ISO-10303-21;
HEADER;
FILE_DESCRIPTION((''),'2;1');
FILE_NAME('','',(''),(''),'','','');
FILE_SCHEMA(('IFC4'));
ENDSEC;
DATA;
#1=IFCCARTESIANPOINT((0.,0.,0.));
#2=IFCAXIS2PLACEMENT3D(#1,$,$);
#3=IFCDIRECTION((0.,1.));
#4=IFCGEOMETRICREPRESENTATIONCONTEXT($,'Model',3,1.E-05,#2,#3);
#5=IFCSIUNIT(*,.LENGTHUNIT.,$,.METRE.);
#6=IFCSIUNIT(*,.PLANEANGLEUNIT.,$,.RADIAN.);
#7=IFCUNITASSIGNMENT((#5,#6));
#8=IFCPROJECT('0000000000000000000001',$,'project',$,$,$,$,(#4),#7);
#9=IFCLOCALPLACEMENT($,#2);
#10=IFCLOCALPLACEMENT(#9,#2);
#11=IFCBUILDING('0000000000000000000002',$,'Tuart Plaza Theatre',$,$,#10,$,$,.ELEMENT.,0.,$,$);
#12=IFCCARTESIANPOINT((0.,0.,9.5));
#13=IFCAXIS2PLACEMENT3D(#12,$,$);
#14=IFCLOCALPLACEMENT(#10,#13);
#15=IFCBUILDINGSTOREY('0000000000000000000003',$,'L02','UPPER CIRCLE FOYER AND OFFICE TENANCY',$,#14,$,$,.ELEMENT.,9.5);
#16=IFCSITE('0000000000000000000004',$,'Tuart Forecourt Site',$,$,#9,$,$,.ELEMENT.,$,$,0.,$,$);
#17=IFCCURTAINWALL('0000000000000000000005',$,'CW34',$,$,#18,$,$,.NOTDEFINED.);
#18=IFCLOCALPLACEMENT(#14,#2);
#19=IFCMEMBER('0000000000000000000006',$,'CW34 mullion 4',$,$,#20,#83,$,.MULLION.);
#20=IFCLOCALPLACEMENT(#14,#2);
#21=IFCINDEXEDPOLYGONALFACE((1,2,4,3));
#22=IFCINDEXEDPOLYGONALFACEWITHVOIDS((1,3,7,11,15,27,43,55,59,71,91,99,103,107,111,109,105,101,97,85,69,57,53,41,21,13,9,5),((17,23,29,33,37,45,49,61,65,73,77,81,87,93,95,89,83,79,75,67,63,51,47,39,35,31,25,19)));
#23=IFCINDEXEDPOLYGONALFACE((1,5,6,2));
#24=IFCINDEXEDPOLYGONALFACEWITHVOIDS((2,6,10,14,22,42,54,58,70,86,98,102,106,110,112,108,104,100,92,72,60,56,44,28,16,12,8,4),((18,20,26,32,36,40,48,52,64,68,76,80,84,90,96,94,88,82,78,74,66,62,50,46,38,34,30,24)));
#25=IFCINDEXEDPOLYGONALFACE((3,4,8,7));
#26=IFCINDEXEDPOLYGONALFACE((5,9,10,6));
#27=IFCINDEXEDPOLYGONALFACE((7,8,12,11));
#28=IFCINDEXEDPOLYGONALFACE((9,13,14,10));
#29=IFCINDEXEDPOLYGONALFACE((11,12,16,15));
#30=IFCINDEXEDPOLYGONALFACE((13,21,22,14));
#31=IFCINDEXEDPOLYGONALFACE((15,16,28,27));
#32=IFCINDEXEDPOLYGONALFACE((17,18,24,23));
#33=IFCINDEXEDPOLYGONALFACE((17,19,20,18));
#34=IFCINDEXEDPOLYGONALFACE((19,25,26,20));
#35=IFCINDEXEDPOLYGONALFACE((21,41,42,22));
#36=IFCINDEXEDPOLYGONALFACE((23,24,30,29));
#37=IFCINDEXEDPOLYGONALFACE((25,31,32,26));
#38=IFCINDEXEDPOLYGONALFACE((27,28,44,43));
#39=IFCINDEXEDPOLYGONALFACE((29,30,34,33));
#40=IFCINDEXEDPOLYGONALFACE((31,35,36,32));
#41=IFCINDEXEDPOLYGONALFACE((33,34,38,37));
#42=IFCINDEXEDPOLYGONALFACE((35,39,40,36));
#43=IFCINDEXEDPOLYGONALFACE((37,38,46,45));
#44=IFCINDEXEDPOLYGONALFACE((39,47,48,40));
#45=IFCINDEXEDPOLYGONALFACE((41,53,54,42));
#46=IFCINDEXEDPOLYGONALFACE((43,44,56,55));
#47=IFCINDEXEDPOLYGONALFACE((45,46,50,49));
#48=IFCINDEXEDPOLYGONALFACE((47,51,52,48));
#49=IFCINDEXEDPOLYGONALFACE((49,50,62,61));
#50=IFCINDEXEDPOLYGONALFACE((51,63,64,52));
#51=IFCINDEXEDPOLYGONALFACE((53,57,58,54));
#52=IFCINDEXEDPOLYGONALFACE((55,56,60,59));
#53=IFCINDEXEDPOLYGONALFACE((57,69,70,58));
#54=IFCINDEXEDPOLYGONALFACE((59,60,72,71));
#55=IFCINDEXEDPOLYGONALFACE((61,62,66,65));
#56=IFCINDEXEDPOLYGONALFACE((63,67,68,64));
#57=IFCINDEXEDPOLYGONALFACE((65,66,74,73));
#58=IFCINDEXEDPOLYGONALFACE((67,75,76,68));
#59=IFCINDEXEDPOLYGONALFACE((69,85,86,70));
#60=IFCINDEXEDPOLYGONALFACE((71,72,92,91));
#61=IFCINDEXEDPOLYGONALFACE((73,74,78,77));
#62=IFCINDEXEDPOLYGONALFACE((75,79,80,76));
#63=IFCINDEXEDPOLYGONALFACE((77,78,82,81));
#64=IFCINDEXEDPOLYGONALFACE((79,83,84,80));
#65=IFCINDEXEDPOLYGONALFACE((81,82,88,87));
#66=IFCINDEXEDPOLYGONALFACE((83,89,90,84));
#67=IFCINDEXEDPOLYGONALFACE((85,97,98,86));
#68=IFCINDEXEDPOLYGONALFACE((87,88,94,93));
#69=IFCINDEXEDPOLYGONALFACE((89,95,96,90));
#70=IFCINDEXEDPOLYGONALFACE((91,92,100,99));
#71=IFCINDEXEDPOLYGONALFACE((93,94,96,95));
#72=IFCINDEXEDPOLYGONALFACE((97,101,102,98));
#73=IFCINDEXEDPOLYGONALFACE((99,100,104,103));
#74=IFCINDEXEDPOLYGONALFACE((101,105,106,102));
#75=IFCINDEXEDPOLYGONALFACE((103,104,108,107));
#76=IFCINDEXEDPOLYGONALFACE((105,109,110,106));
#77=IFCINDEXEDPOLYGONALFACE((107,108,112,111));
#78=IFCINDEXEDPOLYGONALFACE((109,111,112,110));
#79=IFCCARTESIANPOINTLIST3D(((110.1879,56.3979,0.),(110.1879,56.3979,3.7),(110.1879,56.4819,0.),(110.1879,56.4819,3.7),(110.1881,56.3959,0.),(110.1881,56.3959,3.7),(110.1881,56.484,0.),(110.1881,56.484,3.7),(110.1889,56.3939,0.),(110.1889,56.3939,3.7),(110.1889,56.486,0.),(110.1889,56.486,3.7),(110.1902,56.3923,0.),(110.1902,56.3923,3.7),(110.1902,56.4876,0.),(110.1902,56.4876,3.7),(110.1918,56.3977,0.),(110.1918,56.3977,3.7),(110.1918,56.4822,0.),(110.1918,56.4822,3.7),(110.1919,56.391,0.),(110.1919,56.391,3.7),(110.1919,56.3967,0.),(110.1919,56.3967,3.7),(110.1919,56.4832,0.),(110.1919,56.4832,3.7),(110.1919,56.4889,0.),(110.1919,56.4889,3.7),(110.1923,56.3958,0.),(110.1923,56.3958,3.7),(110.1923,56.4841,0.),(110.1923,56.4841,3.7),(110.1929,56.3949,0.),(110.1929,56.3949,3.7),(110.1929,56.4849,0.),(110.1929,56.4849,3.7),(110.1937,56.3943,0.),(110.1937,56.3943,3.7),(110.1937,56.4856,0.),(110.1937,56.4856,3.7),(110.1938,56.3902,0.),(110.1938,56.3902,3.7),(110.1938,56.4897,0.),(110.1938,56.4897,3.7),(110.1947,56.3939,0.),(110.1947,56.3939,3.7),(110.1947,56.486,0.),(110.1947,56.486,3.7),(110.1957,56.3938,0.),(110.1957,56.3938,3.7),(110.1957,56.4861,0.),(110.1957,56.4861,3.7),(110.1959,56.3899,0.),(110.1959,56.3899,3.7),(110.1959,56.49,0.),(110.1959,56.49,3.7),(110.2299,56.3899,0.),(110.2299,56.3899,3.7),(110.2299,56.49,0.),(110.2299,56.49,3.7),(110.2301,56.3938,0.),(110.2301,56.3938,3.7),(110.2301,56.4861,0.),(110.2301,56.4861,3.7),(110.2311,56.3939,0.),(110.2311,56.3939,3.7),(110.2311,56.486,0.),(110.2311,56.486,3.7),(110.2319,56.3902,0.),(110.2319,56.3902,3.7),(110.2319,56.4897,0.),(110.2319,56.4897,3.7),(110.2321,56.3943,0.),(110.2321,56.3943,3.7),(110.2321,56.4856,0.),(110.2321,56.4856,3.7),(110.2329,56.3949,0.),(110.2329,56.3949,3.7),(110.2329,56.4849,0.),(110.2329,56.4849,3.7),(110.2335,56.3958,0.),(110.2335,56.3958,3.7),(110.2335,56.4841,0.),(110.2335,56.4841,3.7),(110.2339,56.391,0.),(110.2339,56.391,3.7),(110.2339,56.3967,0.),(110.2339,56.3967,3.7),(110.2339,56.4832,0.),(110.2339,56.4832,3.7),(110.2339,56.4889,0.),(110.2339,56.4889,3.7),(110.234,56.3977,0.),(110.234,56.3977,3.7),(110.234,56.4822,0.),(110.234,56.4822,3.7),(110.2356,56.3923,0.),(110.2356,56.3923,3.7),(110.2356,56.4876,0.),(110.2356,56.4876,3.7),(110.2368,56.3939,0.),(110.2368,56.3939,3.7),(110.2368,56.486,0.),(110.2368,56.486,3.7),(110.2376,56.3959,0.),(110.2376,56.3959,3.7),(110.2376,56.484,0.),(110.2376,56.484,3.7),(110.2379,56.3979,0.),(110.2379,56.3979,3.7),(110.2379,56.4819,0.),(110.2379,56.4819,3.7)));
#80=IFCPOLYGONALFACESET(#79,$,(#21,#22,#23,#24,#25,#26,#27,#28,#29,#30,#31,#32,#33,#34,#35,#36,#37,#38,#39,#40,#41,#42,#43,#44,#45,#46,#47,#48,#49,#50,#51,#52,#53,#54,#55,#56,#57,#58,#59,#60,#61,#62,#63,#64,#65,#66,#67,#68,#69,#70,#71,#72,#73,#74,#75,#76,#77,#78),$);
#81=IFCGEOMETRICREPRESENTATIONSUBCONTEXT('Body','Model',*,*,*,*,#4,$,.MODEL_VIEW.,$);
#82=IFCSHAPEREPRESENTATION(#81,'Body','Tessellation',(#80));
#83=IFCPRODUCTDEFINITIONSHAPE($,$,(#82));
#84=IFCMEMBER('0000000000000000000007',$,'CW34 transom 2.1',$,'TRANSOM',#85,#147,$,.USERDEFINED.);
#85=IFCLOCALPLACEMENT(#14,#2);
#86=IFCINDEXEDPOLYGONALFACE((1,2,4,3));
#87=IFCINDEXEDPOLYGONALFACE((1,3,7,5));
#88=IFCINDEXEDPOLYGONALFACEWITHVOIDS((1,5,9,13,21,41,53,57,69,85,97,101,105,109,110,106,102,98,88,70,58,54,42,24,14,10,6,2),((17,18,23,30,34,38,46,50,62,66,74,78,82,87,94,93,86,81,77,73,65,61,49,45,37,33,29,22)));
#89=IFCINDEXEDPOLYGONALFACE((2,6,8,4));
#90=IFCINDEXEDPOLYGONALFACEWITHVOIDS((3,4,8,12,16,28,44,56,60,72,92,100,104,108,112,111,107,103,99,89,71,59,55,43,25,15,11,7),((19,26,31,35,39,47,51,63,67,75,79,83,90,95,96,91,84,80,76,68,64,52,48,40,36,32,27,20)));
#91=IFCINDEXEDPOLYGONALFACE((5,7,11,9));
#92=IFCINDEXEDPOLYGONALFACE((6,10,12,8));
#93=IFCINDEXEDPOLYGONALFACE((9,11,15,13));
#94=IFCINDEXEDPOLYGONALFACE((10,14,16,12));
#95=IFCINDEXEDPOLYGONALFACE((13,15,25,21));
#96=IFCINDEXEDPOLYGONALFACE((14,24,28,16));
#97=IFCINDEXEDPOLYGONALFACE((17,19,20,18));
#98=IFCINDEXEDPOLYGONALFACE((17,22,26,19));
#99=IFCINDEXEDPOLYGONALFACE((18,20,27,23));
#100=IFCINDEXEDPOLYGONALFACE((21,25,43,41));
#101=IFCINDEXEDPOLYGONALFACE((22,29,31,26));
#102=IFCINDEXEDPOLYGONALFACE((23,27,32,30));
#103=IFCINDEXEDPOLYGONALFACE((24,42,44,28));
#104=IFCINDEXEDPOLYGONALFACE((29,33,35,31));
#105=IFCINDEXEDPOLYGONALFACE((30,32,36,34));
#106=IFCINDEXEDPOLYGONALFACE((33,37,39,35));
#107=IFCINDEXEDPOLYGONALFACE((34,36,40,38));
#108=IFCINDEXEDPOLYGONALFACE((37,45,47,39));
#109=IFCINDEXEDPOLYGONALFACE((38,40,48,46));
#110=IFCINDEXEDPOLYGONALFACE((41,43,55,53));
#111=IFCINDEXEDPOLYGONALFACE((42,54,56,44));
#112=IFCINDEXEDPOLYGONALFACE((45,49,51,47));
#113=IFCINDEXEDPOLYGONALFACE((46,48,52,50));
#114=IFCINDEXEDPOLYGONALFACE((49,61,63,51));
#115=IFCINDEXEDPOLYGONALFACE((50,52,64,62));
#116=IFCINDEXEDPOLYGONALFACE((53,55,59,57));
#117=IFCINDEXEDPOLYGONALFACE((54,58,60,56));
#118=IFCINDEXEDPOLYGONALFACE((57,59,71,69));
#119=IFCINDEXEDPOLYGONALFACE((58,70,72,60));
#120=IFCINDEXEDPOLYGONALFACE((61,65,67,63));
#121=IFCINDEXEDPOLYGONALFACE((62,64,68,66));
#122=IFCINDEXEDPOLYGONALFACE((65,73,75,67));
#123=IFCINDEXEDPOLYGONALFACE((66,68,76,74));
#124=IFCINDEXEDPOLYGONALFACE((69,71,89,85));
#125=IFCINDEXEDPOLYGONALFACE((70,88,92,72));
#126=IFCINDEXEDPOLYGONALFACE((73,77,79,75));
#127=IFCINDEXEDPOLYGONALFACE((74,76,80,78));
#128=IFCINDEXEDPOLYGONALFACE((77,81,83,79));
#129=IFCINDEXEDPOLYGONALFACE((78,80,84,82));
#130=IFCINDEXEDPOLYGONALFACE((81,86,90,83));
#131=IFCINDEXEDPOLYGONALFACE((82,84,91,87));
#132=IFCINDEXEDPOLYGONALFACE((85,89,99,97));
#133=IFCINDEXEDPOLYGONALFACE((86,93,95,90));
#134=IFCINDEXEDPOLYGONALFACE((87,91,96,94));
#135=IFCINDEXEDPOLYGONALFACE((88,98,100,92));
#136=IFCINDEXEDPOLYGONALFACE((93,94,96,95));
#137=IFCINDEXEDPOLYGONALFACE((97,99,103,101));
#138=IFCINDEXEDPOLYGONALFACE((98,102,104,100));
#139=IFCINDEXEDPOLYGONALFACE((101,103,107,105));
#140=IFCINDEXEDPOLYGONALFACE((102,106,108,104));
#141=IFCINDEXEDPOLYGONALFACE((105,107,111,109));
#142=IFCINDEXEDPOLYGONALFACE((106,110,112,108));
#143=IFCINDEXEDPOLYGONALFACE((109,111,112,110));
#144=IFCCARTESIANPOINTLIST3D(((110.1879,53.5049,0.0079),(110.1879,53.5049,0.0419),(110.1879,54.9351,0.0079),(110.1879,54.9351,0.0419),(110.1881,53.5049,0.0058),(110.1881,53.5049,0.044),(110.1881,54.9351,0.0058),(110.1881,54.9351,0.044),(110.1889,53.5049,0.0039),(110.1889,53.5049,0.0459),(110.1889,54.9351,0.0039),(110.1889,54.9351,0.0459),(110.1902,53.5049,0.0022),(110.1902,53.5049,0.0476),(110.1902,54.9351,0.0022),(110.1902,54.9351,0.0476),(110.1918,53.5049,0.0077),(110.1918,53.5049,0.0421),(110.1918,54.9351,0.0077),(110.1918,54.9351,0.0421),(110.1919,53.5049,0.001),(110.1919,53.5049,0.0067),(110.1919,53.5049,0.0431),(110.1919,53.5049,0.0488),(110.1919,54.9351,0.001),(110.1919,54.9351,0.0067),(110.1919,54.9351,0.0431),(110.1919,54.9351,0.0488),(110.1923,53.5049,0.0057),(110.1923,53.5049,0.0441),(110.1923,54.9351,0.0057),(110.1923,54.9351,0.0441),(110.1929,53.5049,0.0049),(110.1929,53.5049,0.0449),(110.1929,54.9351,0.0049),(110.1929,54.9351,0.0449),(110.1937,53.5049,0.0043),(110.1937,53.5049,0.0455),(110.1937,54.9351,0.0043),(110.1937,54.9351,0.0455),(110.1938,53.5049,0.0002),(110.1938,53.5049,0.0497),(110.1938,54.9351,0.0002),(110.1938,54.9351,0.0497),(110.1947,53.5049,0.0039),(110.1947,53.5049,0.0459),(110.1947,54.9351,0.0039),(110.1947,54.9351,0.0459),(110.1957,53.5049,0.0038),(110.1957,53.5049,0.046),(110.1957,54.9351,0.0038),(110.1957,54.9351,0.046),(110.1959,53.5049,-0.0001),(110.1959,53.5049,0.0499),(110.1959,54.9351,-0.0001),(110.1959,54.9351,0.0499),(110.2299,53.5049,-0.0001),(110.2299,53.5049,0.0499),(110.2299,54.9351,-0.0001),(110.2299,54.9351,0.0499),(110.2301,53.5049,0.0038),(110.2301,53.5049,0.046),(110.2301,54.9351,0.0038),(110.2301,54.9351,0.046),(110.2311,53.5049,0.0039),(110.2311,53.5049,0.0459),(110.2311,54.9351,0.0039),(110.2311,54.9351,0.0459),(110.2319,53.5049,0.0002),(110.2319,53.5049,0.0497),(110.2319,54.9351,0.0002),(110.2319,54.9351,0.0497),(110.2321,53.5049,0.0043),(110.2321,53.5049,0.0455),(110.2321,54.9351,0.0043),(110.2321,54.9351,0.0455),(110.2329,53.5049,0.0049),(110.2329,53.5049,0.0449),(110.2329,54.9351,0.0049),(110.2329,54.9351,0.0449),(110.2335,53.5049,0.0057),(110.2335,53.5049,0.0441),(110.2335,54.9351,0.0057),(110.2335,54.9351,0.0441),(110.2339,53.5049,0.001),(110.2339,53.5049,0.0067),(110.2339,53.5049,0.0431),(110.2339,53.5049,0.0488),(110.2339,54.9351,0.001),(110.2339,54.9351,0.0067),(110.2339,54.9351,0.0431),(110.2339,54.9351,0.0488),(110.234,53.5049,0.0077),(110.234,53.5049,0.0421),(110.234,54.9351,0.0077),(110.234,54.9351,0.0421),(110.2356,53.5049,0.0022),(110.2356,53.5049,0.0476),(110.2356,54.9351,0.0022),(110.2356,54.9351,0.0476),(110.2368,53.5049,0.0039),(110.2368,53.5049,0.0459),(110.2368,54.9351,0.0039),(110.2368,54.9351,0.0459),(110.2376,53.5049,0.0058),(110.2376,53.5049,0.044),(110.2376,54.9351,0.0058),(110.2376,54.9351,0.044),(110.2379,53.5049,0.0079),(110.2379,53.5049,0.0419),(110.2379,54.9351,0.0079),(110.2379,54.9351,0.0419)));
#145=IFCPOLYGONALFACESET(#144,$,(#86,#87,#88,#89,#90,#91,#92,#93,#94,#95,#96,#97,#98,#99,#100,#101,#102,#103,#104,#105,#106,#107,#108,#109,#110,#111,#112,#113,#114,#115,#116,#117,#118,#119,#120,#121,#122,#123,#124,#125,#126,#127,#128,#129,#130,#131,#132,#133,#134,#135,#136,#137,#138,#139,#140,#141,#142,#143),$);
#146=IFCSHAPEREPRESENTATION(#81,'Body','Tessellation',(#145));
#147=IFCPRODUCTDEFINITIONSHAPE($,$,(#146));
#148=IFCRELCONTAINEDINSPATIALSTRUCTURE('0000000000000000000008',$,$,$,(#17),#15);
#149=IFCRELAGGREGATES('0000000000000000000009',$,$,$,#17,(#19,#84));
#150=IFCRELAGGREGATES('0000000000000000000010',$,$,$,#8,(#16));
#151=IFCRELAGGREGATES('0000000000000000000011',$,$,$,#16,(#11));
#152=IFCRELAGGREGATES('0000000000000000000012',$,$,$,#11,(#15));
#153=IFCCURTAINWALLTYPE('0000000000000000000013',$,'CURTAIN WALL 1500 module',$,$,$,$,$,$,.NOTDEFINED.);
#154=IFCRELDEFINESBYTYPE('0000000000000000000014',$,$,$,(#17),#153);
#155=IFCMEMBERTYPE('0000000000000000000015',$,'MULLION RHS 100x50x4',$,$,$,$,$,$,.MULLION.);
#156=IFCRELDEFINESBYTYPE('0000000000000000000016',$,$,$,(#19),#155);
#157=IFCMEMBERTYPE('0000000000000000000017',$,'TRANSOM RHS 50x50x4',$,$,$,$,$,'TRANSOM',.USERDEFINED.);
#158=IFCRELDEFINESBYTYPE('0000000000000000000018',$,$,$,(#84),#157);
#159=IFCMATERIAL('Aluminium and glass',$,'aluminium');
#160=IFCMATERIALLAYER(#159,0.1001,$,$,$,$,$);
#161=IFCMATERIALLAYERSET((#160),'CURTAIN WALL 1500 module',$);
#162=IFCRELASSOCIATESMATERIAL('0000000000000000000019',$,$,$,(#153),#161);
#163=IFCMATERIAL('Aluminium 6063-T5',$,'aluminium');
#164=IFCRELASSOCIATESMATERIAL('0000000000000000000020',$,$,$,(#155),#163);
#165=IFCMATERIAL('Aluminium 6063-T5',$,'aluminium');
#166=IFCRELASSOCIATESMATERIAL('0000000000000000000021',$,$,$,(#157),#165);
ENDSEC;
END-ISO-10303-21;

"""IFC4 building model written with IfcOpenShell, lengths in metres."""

from ifc_helpers import new_model, si_unit, direction, frame, origin, origin_2d, place, context, subcontext, project, spatial, hollow_rectangle, extrude, material, layer, layer_set, material_profile, profile_set, type_object, element, aggregate, save


model = new_model("IFC4")

# Units and contexts
model_context = context("Model", 3, precision=1e-05, world=origin(), true_north=direction((0.0, 1.0)))
body_context = subcontext(model_context, "Body", "Model", "MODEL_VIEW")
ifc_project = project(units=[si_unit("LENGTHUNIT", "METRE"), si_unit("PLANEANGLEUNIT", "RADIAN")], contexts=[model_context])

# Site, building, storey
site_placement = place(None, origin())
site = spatial("IfcSite", under=ifc_project, at=site_placement, Name="Tuart Forecourt Site", CompositionType="ELEMENT", RefElevation=0.0)
building_placement = place(site_placement, origin())
building = spatial("IfcBuilding", under=site, at=building_placement, Name="Tuart Plaza Theatre", CompositionType="ELEMENT", ElevationOfRefHeight=0.0)
storey_placement = place(building_placement, frame((0.0, 0.0, 9.5)))
storey = spatial("IfcBuildingStorey", under=building, at=storey_placement, Name="L02", Description="UPPER CIRCLE FOYER AND OFFICE TENANCY", CompositionType="ELEMENT", Elevation=9.5)

# Curtain wall, members
ifc_material_1 = material(Name="Aluminium and glass", Category="aluminium")
ifc_layer_1 = layer(ifc_material_1, 0.1001)
ifc_layer_set_1 = layer_set([ifc_layer_1], Name="CURTAIN WALL 1500 module")
curtain_wall_type = type_object("IfcCurtainWallType", Name="CURTAIN WALL 1500 module", PredefinedType="NOTDEFINED", material=ifc_layer_set_1)
curtain_wall_placement = place(storey_placement, origin())
curtain_wall = element("IfcCurtainWall", 1, at=curtain_wall_placement, inside=storey, type_object=curtain_wall_type, Name="CW34", PredefinedType="NOTDEFINED")
ifc_material_2 = material(Name="Aluminium 6063-T5", Category="aluminium")
ifc_material_profile_1 = material_profile(ifc_material_2, hollow_rectangle(XDim=0.05, YDim=0.1001, WallThickness=0.0039, InnerFilletRadius=0.0039, OuterFilletRadius=0.0081, at=origin_2d()), Name="RHS 100x50x4")
ifc_profile_set_1 = profile_set([ifc_material_profile_1], Name="Aluminium 6063-T5")
member_type_1 = type_object("IfcMemberType", Name="MULLION RHS 100x50x4", PredefinedType="MULLION", material=ifc_profile_set_1)
member_1_placement = place(storey_placement, frame((110.2129, 56.4399, 0.0), z_axis=(0.0, 0.0, 1.0), x_axis=(-1.0, 0.0, 0.0)))
member_1 = element("IfcMember", 2, at=member_1_placement, type_object=member_type_1, Name="CW34 mullion 4", PredefinedType="MULLION", context=body_context, shape_type="SweptSolid", body=[
    extrude(hollow_rectangle(XDim=0.05, YDim=0.1001, WallThickness=0.0039, InnerFilletRadius=0.0039, OuterFilletRadius=0.0081, at=origin_2d()), origin(), (0.0, 0.0, 1.0), 3.7),
])
ifc_material_3 = material(Name="Aluminium 6063-T5", Category="aluminium")
ifc_material_profile_2 = material_profile(ifc_material_3, hollow_rectangle(XDim=0.05, YDim=0.05, WallThickness=0.0039, InnerFilletRadius=0.0039, OuterFilletRadius=0.0081, at=origin_2d()), Name="RHS 50x50x4")
ifc_profile_set_2 = profile_set([ifc_material_profile_2], Name="Aluminium 6063-T5")
member_type_2 = type_object("IfcMemberType", Name="TRANSOM RHS 50x50x4", ElementType="TRANSOM", PredefinedType="USERDEFINED", material=ifc_profile_set_2)
member_2_placement = place(storey_placement, frame((110.2129, 53.5049, 0.0249), z_axis=(0.0, 1.0, 0.0), x_axis=(-1.0, 0.0, 0.0)))
member_2 = element("IfcMember", 3, at=member_2_placement, type_object=member_type_2, Name="CW34 transom 2.1", ObjectType="TRANSOM", PredefinedType="USERDEFINED", context=body_context, shape_type="SweptSolid", body=[
    extrude(hollow_rectangle(XDim=0.05, YDim=0.05, WallThickness=0.0039, InnerFilletRadius=0.0039, OuterFilletRadius=0.0081, at=origin_2d()), origin(), (0.0, 0.0, 1.0), 1.4302),
])
aggregate(curtain_wall, [member_1, member_2])

save(model, "model.ifc")
